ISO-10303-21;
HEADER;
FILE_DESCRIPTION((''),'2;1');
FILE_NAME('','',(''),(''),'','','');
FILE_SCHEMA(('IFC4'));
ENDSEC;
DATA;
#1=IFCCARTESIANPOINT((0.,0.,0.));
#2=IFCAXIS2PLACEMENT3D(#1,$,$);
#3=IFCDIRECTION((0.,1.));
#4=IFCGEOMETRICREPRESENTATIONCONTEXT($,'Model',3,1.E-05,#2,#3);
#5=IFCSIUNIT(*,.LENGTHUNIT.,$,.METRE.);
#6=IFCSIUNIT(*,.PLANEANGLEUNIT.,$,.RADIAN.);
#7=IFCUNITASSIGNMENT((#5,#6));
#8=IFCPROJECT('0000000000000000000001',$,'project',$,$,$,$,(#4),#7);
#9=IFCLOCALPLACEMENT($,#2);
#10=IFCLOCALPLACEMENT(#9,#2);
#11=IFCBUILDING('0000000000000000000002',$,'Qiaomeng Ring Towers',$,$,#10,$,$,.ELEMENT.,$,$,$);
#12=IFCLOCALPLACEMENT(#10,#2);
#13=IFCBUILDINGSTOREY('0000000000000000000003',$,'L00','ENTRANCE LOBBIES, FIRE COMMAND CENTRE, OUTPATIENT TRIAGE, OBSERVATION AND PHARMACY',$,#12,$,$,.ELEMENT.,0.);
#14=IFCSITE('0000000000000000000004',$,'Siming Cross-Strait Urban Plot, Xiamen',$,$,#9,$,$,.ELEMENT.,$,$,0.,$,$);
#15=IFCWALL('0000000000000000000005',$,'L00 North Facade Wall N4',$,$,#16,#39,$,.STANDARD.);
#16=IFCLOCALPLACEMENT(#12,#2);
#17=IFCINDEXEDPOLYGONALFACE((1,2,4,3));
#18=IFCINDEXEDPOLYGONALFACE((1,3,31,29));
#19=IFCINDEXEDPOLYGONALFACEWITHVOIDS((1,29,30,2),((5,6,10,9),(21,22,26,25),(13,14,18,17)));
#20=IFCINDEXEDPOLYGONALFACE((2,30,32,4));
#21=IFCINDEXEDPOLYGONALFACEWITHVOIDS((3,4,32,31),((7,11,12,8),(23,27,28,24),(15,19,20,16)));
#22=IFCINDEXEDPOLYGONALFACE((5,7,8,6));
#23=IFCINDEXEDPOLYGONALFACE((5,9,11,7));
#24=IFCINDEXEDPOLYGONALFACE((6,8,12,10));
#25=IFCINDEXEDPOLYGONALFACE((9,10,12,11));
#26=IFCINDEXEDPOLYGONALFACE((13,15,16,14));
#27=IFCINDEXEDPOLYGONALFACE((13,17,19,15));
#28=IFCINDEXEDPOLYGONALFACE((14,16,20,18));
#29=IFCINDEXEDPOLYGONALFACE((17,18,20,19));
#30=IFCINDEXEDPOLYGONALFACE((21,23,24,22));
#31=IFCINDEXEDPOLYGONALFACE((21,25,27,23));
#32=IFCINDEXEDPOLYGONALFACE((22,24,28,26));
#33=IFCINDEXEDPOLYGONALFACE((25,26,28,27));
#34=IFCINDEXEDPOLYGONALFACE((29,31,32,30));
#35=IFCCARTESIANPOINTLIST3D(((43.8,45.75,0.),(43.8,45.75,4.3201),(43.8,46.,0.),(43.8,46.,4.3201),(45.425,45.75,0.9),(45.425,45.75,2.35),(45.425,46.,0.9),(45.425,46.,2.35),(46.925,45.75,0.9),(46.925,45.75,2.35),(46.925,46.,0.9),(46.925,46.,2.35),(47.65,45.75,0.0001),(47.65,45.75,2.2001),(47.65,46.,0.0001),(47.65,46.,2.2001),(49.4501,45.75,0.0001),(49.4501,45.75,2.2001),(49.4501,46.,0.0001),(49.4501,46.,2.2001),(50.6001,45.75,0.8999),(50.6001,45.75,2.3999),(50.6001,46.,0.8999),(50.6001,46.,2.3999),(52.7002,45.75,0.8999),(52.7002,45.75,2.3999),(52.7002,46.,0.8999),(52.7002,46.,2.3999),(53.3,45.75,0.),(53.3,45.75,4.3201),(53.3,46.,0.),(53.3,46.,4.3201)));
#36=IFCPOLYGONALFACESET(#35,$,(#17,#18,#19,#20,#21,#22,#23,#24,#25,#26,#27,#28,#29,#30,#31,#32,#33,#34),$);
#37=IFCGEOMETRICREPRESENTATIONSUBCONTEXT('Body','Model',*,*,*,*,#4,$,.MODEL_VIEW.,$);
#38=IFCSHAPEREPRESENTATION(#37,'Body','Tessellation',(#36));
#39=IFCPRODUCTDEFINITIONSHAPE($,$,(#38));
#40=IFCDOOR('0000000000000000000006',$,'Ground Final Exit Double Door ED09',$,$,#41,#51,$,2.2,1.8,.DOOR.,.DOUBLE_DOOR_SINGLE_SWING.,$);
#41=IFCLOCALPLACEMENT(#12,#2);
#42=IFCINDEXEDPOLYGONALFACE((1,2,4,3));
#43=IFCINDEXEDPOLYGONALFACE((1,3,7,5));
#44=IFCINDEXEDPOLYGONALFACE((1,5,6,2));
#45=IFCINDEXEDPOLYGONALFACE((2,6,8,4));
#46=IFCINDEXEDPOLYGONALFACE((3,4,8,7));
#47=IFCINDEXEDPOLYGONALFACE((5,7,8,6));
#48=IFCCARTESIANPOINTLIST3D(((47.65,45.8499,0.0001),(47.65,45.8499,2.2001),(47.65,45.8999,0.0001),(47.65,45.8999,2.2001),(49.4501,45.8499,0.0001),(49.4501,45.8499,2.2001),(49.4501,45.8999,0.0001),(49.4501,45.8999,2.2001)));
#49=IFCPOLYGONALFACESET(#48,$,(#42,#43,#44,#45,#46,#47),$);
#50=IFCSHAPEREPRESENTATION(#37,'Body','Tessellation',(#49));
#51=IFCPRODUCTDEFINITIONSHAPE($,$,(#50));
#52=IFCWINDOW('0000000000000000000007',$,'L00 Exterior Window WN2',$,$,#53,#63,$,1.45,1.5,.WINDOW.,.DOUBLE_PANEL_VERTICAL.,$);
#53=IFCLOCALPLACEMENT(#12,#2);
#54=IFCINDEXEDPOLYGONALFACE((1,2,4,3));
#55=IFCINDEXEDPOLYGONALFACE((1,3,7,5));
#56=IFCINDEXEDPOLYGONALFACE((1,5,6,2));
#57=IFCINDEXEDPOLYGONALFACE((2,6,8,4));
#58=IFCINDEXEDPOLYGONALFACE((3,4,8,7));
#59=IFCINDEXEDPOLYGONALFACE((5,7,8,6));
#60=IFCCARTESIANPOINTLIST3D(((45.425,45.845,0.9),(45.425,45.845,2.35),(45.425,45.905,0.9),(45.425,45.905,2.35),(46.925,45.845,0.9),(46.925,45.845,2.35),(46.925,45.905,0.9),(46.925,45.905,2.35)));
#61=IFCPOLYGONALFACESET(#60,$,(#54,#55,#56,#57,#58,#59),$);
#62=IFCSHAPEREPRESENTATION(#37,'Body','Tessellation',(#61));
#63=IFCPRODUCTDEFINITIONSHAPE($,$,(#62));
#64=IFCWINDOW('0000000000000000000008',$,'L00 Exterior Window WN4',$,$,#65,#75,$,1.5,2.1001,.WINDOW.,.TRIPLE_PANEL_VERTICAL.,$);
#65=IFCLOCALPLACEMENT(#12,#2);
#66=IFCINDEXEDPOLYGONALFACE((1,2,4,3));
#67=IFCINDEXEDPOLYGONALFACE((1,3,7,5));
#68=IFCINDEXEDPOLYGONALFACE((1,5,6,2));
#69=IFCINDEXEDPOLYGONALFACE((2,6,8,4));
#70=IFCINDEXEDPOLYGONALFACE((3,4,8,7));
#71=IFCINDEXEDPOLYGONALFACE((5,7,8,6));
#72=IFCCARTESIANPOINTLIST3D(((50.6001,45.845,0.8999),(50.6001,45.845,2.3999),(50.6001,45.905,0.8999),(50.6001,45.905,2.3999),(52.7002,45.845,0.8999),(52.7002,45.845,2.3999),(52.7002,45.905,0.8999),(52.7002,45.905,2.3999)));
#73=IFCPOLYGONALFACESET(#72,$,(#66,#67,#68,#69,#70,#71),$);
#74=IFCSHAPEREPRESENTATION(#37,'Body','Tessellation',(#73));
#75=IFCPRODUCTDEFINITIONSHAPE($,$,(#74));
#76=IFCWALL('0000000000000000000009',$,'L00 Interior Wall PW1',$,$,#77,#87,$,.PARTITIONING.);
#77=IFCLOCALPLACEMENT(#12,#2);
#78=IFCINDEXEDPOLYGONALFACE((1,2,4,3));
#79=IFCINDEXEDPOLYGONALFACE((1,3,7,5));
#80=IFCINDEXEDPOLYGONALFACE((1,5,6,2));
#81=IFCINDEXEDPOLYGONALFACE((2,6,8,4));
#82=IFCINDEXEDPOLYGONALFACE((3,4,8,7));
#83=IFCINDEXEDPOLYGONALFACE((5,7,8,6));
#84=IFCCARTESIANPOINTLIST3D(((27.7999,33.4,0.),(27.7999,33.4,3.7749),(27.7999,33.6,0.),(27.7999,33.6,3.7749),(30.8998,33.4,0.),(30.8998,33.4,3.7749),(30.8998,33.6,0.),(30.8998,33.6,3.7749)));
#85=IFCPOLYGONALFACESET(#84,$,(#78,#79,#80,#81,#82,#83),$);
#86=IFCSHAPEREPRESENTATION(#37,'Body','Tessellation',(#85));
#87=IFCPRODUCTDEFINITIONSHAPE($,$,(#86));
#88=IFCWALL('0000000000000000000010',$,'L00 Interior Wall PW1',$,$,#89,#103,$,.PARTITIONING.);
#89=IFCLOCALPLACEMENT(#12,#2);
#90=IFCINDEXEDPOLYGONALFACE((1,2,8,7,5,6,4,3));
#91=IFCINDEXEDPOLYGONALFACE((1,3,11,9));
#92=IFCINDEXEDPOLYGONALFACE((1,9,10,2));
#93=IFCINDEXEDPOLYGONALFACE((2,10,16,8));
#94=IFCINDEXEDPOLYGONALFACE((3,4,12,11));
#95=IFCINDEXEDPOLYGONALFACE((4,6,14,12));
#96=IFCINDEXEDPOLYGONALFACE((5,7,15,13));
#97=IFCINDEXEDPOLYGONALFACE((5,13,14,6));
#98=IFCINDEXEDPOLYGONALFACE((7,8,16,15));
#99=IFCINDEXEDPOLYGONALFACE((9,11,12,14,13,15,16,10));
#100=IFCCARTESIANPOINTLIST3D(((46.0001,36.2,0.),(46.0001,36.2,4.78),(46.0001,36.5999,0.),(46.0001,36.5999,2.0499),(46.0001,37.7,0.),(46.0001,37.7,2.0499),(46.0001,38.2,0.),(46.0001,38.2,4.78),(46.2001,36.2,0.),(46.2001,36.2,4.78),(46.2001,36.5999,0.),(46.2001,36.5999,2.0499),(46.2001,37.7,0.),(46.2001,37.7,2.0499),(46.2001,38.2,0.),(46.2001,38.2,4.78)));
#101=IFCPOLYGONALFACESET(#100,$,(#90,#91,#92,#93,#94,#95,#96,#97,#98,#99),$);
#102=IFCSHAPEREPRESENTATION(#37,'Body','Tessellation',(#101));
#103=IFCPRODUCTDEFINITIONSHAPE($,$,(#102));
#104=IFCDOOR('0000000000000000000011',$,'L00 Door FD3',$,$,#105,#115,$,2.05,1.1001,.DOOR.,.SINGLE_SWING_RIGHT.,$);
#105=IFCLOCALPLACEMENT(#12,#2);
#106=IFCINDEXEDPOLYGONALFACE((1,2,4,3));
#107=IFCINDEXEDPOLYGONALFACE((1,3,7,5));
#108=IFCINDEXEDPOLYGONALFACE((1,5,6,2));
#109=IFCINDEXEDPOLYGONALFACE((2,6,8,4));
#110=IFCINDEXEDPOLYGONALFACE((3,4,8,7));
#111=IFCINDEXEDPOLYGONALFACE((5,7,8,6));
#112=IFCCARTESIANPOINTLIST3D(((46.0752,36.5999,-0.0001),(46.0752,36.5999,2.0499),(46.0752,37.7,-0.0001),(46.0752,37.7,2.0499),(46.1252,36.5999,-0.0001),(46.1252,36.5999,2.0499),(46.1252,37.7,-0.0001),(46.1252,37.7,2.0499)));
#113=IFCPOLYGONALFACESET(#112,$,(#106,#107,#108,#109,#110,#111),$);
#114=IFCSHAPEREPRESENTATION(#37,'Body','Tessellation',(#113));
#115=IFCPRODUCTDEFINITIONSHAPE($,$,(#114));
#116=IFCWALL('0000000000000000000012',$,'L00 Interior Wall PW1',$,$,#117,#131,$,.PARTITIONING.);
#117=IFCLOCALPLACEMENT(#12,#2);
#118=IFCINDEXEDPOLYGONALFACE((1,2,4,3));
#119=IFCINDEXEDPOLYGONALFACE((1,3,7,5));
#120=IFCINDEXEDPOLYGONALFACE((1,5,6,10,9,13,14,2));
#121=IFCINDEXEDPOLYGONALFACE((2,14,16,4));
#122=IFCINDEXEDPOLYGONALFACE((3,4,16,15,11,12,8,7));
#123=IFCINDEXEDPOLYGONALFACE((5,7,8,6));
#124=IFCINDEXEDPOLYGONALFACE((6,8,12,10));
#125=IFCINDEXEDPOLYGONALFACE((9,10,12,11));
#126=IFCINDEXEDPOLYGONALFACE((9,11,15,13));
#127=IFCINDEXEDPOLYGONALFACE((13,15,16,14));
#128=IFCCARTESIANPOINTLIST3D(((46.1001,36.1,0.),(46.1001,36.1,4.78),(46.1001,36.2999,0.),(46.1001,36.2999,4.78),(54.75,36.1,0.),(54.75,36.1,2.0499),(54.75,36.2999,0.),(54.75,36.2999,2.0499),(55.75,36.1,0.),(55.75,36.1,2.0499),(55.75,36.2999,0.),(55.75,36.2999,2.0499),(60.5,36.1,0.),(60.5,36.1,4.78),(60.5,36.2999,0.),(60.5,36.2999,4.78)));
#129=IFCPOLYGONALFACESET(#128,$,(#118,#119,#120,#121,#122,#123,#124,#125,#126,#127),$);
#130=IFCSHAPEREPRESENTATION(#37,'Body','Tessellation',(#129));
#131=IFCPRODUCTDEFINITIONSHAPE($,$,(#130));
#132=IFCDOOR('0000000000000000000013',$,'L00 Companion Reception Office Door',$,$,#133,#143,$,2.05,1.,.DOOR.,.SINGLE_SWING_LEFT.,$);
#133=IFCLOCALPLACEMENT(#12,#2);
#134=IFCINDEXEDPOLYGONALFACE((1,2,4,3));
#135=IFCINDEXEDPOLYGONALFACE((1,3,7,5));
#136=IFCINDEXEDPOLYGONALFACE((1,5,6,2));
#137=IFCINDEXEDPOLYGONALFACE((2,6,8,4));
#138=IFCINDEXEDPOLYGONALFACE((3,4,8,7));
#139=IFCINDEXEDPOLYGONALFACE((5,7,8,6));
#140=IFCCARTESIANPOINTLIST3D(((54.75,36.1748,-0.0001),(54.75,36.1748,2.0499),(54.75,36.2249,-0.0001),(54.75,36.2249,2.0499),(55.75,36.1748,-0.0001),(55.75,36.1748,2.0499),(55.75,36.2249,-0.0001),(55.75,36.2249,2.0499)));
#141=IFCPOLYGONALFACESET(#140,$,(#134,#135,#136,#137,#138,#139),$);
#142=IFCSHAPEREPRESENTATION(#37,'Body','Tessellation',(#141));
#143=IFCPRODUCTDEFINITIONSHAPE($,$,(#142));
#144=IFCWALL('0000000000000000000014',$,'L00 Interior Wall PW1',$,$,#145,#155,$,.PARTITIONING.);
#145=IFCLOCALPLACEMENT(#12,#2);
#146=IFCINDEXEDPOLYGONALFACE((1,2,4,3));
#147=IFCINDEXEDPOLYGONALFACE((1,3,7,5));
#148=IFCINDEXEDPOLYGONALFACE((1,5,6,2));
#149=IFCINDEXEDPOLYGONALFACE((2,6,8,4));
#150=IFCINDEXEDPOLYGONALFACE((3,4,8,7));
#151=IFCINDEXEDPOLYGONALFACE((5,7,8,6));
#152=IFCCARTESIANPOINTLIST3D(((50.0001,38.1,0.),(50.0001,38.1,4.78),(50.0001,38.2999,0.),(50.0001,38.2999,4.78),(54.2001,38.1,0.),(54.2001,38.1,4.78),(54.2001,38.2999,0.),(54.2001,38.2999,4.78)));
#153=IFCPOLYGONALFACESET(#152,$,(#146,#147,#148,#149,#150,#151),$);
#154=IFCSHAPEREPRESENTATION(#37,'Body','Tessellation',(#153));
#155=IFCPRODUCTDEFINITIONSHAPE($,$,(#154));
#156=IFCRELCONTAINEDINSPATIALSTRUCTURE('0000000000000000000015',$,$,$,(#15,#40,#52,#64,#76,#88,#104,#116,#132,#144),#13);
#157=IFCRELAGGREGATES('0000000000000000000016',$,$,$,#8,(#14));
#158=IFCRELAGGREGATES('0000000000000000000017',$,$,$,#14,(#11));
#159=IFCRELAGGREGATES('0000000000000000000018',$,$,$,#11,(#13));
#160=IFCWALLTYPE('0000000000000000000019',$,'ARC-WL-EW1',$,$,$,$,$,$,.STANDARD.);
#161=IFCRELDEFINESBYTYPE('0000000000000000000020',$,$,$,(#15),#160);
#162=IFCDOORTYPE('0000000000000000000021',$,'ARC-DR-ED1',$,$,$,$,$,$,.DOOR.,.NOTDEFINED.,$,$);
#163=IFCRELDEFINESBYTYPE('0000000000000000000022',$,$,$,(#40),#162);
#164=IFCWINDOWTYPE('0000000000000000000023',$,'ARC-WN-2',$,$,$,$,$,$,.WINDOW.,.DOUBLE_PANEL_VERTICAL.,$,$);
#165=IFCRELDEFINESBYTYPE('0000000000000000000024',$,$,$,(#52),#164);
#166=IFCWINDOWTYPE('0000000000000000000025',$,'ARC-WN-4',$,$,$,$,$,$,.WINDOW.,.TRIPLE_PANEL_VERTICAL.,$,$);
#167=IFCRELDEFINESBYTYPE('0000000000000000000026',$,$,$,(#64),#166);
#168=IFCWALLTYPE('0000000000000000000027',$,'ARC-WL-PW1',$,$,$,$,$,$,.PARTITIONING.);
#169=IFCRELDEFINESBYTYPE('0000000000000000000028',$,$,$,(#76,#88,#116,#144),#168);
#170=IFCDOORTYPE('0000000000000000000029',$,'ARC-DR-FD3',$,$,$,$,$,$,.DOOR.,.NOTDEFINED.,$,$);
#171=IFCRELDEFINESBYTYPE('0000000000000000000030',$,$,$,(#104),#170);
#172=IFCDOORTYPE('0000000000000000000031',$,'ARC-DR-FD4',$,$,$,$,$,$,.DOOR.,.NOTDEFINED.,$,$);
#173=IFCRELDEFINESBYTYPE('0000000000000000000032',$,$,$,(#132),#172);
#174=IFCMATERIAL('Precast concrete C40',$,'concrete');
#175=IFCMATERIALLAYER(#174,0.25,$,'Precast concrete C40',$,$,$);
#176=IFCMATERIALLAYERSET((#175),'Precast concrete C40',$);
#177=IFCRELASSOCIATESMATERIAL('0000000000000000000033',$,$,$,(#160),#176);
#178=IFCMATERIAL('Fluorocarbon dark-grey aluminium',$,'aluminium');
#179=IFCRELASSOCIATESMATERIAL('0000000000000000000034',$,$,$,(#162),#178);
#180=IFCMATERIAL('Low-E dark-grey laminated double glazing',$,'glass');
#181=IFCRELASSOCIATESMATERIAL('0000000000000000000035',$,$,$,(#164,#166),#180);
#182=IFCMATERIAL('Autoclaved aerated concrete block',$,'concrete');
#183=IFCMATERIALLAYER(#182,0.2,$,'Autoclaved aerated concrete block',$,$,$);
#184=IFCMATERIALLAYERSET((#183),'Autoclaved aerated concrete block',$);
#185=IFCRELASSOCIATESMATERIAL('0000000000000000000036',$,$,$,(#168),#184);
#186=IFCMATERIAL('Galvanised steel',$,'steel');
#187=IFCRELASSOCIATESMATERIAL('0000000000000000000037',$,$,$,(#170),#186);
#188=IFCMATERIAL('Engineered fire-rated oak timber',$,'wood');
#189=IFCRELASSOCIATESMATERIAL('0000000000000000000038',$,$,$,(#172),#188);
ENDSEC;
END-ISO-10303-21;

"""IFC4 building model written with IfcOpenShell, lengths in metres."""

from ifc_helpers import new_model, si_unit, direction, frame, frame_2d, origin, place, context, subcontext, project, spatial, rectangle, extrude, source, transform, mapped, material, layer, layer_set, type_object, element, fill, save


model = new_model("IFC4")

# Units and contexts
model_context = context("Model", 3, precision=1e-05, world=origin(), true_north=direction((0.0, 1.0)))
body_context = subcontext(model_context, "Body", "Model", "MODEL_VIEW")
ifc_project = project(units=[si_unit("LENGTHUNIT", "METRE"), si_unit("PLANEANGLEUNIT", "RADIAN")], contexts=[model_context])

# Site, building, storey
site_placement = place(None, origin())
site = spatial("IfcSite", under=ifc_project, at=site_placement, Name="Siming Cross-Strait Urban Plot, Xiamen", CompositionType="ELEMENT", RefElevation=0.0)
building_placement = place(site_placement, origin())
building = spatial("IfcBuilding", under=site, at=building_placement, Name="Qiaomeng Ring Towers", CompositionType="ELEMENT")
storey_placement = place(building_placement, origin())
storey = spatial("IfcBuildingStorey", under=building, at=storey_placement, Name="L00", Description="ENTRANCE LOBBIES, FIRE COMMAND CENTRE, OUTPATIENT TRIAGE, OBSERVATION AND PHARMACY", CompositionType="ELEMENT", Elevation=0.0)

# Wall, openings, door, windows
ifc_material_1 = material(Name="Precast concrete C40", Category="concrete")
ifc_layer_1 = layer(ifc_material_1, 0.25, Name="Precast concrete C40")
ifc_layer_set_1 = layer_set([ifc_layer_1], Name="Precast concrete C40")
wall_type_1 = type_object("IfcWallType", Name="ARC-WL-EW1", PredefinedType="STANDARD", material=ifc_layer_set_1)
wall_1_placement = place(storey_placement, frame((43.8, 45.875, 0.0), z_axis=(0.0, 0.0, 1.0), x_axis=(1.0, 0.0, 0.0)))
wall_1 = element("IfcWall", 1, at=wall_1_placement, inside=storey, type_object=wall_type_1, Name="L00 North Facade Wall N4", PredefinedType="STANDARD", context=body_context, shape_type="SweptSolid", body=[
    extrude(rectangle(XDim=9.5, YDim=0.25, at=frame_2d((4.75, 0.0))), origin(), (0.0, 0.0, 1.0), 4.3201),
])
opening_1_placement = place(wall_1_placement, frame((3.8501, 0.0, 0.0)))
opening_1 = element("IfcOpeningElement", 2, at=opening_1_placement, cuts=wall_1, PredefinedType="OPENING", context=body_context, shape_type="SweptSolid", body=[
    extrude(rectangle(XDim=1.8, YDim=2.2, at=frame_2d((0.8999, 1.1001))), frame((0.0, 0.135, 0.0), z_axis=(0.0, -1.0, 0.0), x_axis=(1.0, 0.0, 0.0)), (0.0, 0.0, 1.0), 0.27),
])
opening_2_placement = place(wall_1_placement, frame((1.625, 0.0, 0.8999)))
opening_2 = element("IfcOpeningElement", 3, at=opening_2_placement, cuts=wall_1, PredefinedType="OPENING", context=body_context, shape_type="SweptSolid", body=[
    extrude(rectangle(XDim=1.5, YDim=1.45, at=frame_2d((0.75, 0.7251))), frame((0.0, 0.135, 0.0), z_axis=(0.0, -1.0, 0.0), x_axis=(1.0, 0.0, 0.0)), (0.0, 0.0, 1.0), 0.27),
])
opening_3_placement = place(wall_1_placement, frame((6.8, 0.0, 0.8999)))
opening_3 = element("IfcOpeningElement", 4, at=opening_3_placement, cuts=wall_1, PredefinedType="OPENING", context=body_context, shape_type="SweptSolid", body=[
    extrude(rectangle(XDim=2.1001, YDim=1.5, at=frame_2d((1.05, 0.75))), frame((0.0, 0.135, 0.0), z_axis=(0.0, -1.0, 0.0), x_axis=(1.0, 0.0, 0.0)), (0.0, 0.0, 1.0), 0.27),
])
ifc_material_2 = material(Name="Fluorocarbon dark-grey aluminium", Category="aluminium")
door_type_1 = type_object("IfcDoorType", Name="ARC-DR-ED1", OperationType="NOTDEFINED", PredefinedType="DOOR", material=ifc_material_2)
shared_shape_1 = source(origin(), body_context, "Body", "SweptSolid", [
    extrude(rectangle(XDim=1.8, YDim=2.2, at=frame_2d((0.8999, 1.1001))), frame((0.0, 0.0249, 0.0), z_axis=(0.0, -1.0, 0.0), x_axis=(1.0, 0.0, 0.0)), (0.0, 0.0, 1.0), 0.05),
])
door_1_placement = place(opening_1_placement, origin())
door_1 = element("IfcDoor", 5, at=door_1_placement, inside=storey, type_object=door_type_1, Name="Ground Final Exit Double Door ED09", OperationType="DOUBLE_DOOR_SINGLE_SWING", OverallHeight=2.2, OverallWidth=1.8, PredefinedType="DOOR", context=body_context, shape_type="MappedRepresentation", body=[
    mapped(shared_shape_1, transform((0.0, 0.0, 0.0), x_axis=(1.0, 0.0, 0.0), y_axis=(0.0, 1.0, 0.0), z_axis=(0.0, 0.0, 1.0), scale=1.0)),
])
fill(opening_1, door_1)
ifc_material_3 = material(Name="Low-E dark-grey laminated double glazing", Category="glass")
window_type_1 = type_object("IfcWindowType", Name="ARC-WN-2", PartitioningType="DOUBLE_PANEL_VERTICAL", PredefinedType="WINDOW", material=ifc_material_3)
shared_shape_2 = source(origin(), body_context, "Body", "SweptSolid", [
    extrude(rectangle(XDim=1.5, YDim=1.45, at=frame_2d((0.75, 0.7251))), frame((0.0, 0.03, 0.0), z_axis=(0.0, -1.0, 0.0), x_axis=(1.0, 0.0, 0.0)), (0.0, 0.0, 1.0), 0.0601),
])
window_1_placement = place(opening_2_placement, origin())
window_1 = element("IfcWindow", 6, at=window_1_placement, inside=storey, type_object=window_type_1, Name="L00 Exterior Window WN2", OverallHeight=1.45, OverallWidth=1.5, PartitioningType="DOUBLE_PANEL_VERTICAL", PredefinedType="WINDOW", context=body_context, shape_type="MappedRepresentation", body=[
    mapped(shared_shape_2, transform((0.0, 0.0, 0.0), x_axis=(1.0, 0.0, 0.0), y_axis=(0.0, 1.0, 0.0), z_axis=(0.0, 0.0, 1.0), scale=1.0)),
])
fill(opening_2, window_1)
window_type_2 = type_object("IfcWindowType", Name="ARC-WN-4", PartitioningType="TRIPLE_PANEL_VERTICAL", PredefinedType="WINDOW", material=ifc_material_3)
shared_shape_3 = source(origin(), body_context, "Body", "SweptSolid", [
    extrude(rectangle(XDim=2.1001, YDim=1.5, at=frame_2d((1.05, 0.75))), frame((0.0, 0.03, 0.0), z_axis=(0.0, -1.0, 0.0), x_axis=(1.0, 0.0, 0.0)), (0.0, 0.0, 1.0), 0.0601),
])
window_2_placement = place(opening_3_placement, origin())
window_2 = element("IfcWindow", 7, at=window_2_placement, inside=storey, type_object=window_type_2, Name="L00 Exterior Window WN4", OverallHeight=1.5, OverallWidth=2.1001, PartitioningType="TRIPLE_PANEL_VERTICAL", PredefinedType="WINDOW", context=body_context, shape_type="MappedRepresentation", body=[
    mapped(shared_shape_3, transform((0.0, 0.0, 0.0), x_axis=(1.0, 0.0, 0.0), y_axis=(0.0, 1.0, 0.0), z_axis=(0.0, 0.0, 1.0), scale=1.0)),
])
fill(opening_3, window_2)

# Wall
ifc_material_4 = material(Name="Autoclaved aerated concrete block", Category="concrete")
ifc_layer_2 = layer(ifc_material_4, 0.2, Name="Autoclaved aerated concrete block")
ifc_layer_set_2 = layer_set([ifc_layer_2], Name="Autoclaved aerated concrete block")
wall_type_2 = type_object("IfcWallType", Name="ARC-WL-PW1", PredefinedType="PARTITIONING", material=ifc_layer_set_2)
wall_2_placement = place(storey_placement, frame((27.8, 33.5, 0.0), z_axis=(0.0, 0.0, 1.0), x_axis=(1.0, 0.0, 0.0)))
element("IfcWall", 8, at=wall_2_placement, inside=storey, type_object=wall_type_2, Name="L00 Interior Wall PW1", PredefinedType="PARTITIONING", context=body_context, shape_type="SweptSolid", body=[
    extrude(rectangle(XDim=3.0999, YDim=0.2, at=frame_2d((1.5498, 0.0))), origin(), (0.0, 0.0, 1.0), 3.7749),
])

# Walls, openings, doors
wall_3_placement = place(storey_placement, frame((46.1001, 36.2, 0.0), z_axis=(0.0, 0.0, 1.0), x_axis=(0.0, 1.0, 0.0)))
wall_3 = element("IfcWall", 9, at=wall_3_placement, inside=storey, type_object=wall_type_2, Name="L00 Interior Wall PW1", PredefinedType="PARTITIONING", context=body_context, shape_type="SweptSolid", body=[
    extrude(rectangle(XDim=2.0, YDim=0.2, at=frame_2d((1.0, 0.0))), origin(), (0.0, 0.0, 1.0), 4.78),
])
opening_4_placement = place(wall_3_placement, frame((0.3999, 0.0, 0.0)))
opening_4 = element("IfcOpeningElement", 10, at=opening_4_placement, cuts=wall_3, PredefinedType="OPENING", context=body_context, shape_type="SweptSolid", body=[
    extrude(rectangle(XDim=1.1001, YDim=2.05, at=frame_2d((0.55, 1.0249))), frame((0.0, 0.1099, 0.0), z_axis=(0.0, -1.0, 0.0), x_axis=(1.0, 0.0, 0.0)), (0.0, 0.0, 1.0), 0.22),
])
ifc_material_5 = material(Name="Galvanised steel", Category="steel")
door_type_2 = type_object("IfcDoorType", Name="ARC-DR-FD3", OperationType="NOTDEFINED", PredefinedType="DOOR", material=ifc_material_5)
shared_shape_4 = source(origin(), body_context, "Body", "SweptSolid", [
    extrude(rectangle(XDim=1.1001, YDim=2.05, at=frame_2d((0.55, 1.0249))), frame((0.0, 0.0249, 0.0), z_axis=(0.0, -1.0, 0.0), x_axis=(1.0, 0.0, 0.0)), (0.0, 0.0, 1.0), 0.05),
])
door_2_placement = place(opening_4_placement, origin())
door_2 = element("IfcDoor", 11, at=door_2_placement, inside=storey, type_object=door_type_2, Name="L00 Door FD3", OperationType="SINGLE_SWING_RIGHT", OverallHeight=2.05, OverallWidth=1.1001, PredefinedType="DOOR", context=body_context, shape_type="MappedRepresentation", body=[
    mapped(shared_shape_4, transform((0.0, 0.0, 0.0), x_axis=(1.0, 0.0, 0.0), y_axis=(0.0, 1.0, 0.0), z_axis=(0.0, 0.0, 1.0), scale=1.0)),
])
fill(opening_4, door_2)
wall_4_placement = place(storey_placement, frame((46.1001, 36.2, 0.0), z_axis=(0.0, 0.0, 1.0), x_axis=(1.0, 0.0, 0.0)))
wall_4 = element("IfcWall", 12, at=wall_4_placement, inside=storey, type_object=wall_type_2, Name="L00 Interior Wall PW1", PredefinedType="PARTITIONING", context=body_context, shape_type="SweptSolid", body=[
    extrude(rectangle(XDim=14.3999, YDim=0.2, at=frame_2d((7.2, 0.0))), origin(), (0.0, 0.0, 1.0), 4.78),
])
opening_5_placement = place(wall_4_placement, frame((8.6499, 0.0, 0.0)))
opening_5 = element("IfcOpeningElement", 13, at=opening_5_placement, cuts=wall_4, PredefinedType="OPENING", context=body_context, shape_type="SweptSolid", body=[
    extrude(rectangle(XDim=1.0, YDim=2.05, at=frame_2d((0.5, 1.0249))), frame((0.0, 0.1099, 0.0), z_axis=(0.0, -1.0, 0.0), x_axis=(1.0, 0.0, 0.0)), (0.0, 0.0, 1.0), 0.22),
])
ifc_material_6 = material(Name="Engineered fire-rated oak timber", Category="wood")
door_type_3 = type_object("IfcDoorType", Name="ARC-DR-FD4", OperationType="NOTDEFINED", PredefinedType="DOOR", material=ifc_material_6)
shared_shape_5 = source(origin(), body_context, "Body", "SweptSolid", [
    extrude(rectangle(XDim=1.0, YDim=2.05, at=frame_2d((0.5, 1.0249))), frame((0.0, 0.0249, 0.0), z_axis=(0.0, -1.0, 0.0), x_axis=(1.0, 0.0, 0.0)), (0.0, 0.0, 1.0), 0.05),
])
door_3_placement = place(opening_5_placement, origin())
door_3 = element("IfcDoor", 14, at=door_3_placement, inside=storey, type_object=door_type_3, Name="L00 Companion Reception Office Door", OperationType="SINGLE_SWING_LEFT", OverallHeight=2.05, OverallWidth=1.0, PredefinedType="DOOR", context=body_context, shape_type="MappedRepresentation", body=[
    mapped(shared_shape_5, transform((0.0, 0.0, 0.0), x_axis=(1.0, 0.0, 0.0), y_axis=(0.0, 1.0, 0.0), z_axis=(0.0, 0.0, 1.0), scale=1.0)),
])
fill(opening_5, door_3)

# Wall
wall_5_placement = place(storey_placement, frame((50.0, 38.2, 0.0), z_axis=(0.0, 0.0, 1.0), x_axis=(1.0, 0.0, 0.0)))
element("IfcWall", 15, at=wall_5_placement, inside=storey, type_object=wall_type_2, Name="L00 Interior Wall PW1", PredefinedType="PARTITIONING", context=body_context, shape_type="SweptSolid", body=[
    extrude(rectangle(XDim=4.2, YDim=0.2, at=frame_2d((2.1001, 0.0))), origin(), (0.0, 0.0, 1.0), 4.78),
])

save(model, "model.ifc")
